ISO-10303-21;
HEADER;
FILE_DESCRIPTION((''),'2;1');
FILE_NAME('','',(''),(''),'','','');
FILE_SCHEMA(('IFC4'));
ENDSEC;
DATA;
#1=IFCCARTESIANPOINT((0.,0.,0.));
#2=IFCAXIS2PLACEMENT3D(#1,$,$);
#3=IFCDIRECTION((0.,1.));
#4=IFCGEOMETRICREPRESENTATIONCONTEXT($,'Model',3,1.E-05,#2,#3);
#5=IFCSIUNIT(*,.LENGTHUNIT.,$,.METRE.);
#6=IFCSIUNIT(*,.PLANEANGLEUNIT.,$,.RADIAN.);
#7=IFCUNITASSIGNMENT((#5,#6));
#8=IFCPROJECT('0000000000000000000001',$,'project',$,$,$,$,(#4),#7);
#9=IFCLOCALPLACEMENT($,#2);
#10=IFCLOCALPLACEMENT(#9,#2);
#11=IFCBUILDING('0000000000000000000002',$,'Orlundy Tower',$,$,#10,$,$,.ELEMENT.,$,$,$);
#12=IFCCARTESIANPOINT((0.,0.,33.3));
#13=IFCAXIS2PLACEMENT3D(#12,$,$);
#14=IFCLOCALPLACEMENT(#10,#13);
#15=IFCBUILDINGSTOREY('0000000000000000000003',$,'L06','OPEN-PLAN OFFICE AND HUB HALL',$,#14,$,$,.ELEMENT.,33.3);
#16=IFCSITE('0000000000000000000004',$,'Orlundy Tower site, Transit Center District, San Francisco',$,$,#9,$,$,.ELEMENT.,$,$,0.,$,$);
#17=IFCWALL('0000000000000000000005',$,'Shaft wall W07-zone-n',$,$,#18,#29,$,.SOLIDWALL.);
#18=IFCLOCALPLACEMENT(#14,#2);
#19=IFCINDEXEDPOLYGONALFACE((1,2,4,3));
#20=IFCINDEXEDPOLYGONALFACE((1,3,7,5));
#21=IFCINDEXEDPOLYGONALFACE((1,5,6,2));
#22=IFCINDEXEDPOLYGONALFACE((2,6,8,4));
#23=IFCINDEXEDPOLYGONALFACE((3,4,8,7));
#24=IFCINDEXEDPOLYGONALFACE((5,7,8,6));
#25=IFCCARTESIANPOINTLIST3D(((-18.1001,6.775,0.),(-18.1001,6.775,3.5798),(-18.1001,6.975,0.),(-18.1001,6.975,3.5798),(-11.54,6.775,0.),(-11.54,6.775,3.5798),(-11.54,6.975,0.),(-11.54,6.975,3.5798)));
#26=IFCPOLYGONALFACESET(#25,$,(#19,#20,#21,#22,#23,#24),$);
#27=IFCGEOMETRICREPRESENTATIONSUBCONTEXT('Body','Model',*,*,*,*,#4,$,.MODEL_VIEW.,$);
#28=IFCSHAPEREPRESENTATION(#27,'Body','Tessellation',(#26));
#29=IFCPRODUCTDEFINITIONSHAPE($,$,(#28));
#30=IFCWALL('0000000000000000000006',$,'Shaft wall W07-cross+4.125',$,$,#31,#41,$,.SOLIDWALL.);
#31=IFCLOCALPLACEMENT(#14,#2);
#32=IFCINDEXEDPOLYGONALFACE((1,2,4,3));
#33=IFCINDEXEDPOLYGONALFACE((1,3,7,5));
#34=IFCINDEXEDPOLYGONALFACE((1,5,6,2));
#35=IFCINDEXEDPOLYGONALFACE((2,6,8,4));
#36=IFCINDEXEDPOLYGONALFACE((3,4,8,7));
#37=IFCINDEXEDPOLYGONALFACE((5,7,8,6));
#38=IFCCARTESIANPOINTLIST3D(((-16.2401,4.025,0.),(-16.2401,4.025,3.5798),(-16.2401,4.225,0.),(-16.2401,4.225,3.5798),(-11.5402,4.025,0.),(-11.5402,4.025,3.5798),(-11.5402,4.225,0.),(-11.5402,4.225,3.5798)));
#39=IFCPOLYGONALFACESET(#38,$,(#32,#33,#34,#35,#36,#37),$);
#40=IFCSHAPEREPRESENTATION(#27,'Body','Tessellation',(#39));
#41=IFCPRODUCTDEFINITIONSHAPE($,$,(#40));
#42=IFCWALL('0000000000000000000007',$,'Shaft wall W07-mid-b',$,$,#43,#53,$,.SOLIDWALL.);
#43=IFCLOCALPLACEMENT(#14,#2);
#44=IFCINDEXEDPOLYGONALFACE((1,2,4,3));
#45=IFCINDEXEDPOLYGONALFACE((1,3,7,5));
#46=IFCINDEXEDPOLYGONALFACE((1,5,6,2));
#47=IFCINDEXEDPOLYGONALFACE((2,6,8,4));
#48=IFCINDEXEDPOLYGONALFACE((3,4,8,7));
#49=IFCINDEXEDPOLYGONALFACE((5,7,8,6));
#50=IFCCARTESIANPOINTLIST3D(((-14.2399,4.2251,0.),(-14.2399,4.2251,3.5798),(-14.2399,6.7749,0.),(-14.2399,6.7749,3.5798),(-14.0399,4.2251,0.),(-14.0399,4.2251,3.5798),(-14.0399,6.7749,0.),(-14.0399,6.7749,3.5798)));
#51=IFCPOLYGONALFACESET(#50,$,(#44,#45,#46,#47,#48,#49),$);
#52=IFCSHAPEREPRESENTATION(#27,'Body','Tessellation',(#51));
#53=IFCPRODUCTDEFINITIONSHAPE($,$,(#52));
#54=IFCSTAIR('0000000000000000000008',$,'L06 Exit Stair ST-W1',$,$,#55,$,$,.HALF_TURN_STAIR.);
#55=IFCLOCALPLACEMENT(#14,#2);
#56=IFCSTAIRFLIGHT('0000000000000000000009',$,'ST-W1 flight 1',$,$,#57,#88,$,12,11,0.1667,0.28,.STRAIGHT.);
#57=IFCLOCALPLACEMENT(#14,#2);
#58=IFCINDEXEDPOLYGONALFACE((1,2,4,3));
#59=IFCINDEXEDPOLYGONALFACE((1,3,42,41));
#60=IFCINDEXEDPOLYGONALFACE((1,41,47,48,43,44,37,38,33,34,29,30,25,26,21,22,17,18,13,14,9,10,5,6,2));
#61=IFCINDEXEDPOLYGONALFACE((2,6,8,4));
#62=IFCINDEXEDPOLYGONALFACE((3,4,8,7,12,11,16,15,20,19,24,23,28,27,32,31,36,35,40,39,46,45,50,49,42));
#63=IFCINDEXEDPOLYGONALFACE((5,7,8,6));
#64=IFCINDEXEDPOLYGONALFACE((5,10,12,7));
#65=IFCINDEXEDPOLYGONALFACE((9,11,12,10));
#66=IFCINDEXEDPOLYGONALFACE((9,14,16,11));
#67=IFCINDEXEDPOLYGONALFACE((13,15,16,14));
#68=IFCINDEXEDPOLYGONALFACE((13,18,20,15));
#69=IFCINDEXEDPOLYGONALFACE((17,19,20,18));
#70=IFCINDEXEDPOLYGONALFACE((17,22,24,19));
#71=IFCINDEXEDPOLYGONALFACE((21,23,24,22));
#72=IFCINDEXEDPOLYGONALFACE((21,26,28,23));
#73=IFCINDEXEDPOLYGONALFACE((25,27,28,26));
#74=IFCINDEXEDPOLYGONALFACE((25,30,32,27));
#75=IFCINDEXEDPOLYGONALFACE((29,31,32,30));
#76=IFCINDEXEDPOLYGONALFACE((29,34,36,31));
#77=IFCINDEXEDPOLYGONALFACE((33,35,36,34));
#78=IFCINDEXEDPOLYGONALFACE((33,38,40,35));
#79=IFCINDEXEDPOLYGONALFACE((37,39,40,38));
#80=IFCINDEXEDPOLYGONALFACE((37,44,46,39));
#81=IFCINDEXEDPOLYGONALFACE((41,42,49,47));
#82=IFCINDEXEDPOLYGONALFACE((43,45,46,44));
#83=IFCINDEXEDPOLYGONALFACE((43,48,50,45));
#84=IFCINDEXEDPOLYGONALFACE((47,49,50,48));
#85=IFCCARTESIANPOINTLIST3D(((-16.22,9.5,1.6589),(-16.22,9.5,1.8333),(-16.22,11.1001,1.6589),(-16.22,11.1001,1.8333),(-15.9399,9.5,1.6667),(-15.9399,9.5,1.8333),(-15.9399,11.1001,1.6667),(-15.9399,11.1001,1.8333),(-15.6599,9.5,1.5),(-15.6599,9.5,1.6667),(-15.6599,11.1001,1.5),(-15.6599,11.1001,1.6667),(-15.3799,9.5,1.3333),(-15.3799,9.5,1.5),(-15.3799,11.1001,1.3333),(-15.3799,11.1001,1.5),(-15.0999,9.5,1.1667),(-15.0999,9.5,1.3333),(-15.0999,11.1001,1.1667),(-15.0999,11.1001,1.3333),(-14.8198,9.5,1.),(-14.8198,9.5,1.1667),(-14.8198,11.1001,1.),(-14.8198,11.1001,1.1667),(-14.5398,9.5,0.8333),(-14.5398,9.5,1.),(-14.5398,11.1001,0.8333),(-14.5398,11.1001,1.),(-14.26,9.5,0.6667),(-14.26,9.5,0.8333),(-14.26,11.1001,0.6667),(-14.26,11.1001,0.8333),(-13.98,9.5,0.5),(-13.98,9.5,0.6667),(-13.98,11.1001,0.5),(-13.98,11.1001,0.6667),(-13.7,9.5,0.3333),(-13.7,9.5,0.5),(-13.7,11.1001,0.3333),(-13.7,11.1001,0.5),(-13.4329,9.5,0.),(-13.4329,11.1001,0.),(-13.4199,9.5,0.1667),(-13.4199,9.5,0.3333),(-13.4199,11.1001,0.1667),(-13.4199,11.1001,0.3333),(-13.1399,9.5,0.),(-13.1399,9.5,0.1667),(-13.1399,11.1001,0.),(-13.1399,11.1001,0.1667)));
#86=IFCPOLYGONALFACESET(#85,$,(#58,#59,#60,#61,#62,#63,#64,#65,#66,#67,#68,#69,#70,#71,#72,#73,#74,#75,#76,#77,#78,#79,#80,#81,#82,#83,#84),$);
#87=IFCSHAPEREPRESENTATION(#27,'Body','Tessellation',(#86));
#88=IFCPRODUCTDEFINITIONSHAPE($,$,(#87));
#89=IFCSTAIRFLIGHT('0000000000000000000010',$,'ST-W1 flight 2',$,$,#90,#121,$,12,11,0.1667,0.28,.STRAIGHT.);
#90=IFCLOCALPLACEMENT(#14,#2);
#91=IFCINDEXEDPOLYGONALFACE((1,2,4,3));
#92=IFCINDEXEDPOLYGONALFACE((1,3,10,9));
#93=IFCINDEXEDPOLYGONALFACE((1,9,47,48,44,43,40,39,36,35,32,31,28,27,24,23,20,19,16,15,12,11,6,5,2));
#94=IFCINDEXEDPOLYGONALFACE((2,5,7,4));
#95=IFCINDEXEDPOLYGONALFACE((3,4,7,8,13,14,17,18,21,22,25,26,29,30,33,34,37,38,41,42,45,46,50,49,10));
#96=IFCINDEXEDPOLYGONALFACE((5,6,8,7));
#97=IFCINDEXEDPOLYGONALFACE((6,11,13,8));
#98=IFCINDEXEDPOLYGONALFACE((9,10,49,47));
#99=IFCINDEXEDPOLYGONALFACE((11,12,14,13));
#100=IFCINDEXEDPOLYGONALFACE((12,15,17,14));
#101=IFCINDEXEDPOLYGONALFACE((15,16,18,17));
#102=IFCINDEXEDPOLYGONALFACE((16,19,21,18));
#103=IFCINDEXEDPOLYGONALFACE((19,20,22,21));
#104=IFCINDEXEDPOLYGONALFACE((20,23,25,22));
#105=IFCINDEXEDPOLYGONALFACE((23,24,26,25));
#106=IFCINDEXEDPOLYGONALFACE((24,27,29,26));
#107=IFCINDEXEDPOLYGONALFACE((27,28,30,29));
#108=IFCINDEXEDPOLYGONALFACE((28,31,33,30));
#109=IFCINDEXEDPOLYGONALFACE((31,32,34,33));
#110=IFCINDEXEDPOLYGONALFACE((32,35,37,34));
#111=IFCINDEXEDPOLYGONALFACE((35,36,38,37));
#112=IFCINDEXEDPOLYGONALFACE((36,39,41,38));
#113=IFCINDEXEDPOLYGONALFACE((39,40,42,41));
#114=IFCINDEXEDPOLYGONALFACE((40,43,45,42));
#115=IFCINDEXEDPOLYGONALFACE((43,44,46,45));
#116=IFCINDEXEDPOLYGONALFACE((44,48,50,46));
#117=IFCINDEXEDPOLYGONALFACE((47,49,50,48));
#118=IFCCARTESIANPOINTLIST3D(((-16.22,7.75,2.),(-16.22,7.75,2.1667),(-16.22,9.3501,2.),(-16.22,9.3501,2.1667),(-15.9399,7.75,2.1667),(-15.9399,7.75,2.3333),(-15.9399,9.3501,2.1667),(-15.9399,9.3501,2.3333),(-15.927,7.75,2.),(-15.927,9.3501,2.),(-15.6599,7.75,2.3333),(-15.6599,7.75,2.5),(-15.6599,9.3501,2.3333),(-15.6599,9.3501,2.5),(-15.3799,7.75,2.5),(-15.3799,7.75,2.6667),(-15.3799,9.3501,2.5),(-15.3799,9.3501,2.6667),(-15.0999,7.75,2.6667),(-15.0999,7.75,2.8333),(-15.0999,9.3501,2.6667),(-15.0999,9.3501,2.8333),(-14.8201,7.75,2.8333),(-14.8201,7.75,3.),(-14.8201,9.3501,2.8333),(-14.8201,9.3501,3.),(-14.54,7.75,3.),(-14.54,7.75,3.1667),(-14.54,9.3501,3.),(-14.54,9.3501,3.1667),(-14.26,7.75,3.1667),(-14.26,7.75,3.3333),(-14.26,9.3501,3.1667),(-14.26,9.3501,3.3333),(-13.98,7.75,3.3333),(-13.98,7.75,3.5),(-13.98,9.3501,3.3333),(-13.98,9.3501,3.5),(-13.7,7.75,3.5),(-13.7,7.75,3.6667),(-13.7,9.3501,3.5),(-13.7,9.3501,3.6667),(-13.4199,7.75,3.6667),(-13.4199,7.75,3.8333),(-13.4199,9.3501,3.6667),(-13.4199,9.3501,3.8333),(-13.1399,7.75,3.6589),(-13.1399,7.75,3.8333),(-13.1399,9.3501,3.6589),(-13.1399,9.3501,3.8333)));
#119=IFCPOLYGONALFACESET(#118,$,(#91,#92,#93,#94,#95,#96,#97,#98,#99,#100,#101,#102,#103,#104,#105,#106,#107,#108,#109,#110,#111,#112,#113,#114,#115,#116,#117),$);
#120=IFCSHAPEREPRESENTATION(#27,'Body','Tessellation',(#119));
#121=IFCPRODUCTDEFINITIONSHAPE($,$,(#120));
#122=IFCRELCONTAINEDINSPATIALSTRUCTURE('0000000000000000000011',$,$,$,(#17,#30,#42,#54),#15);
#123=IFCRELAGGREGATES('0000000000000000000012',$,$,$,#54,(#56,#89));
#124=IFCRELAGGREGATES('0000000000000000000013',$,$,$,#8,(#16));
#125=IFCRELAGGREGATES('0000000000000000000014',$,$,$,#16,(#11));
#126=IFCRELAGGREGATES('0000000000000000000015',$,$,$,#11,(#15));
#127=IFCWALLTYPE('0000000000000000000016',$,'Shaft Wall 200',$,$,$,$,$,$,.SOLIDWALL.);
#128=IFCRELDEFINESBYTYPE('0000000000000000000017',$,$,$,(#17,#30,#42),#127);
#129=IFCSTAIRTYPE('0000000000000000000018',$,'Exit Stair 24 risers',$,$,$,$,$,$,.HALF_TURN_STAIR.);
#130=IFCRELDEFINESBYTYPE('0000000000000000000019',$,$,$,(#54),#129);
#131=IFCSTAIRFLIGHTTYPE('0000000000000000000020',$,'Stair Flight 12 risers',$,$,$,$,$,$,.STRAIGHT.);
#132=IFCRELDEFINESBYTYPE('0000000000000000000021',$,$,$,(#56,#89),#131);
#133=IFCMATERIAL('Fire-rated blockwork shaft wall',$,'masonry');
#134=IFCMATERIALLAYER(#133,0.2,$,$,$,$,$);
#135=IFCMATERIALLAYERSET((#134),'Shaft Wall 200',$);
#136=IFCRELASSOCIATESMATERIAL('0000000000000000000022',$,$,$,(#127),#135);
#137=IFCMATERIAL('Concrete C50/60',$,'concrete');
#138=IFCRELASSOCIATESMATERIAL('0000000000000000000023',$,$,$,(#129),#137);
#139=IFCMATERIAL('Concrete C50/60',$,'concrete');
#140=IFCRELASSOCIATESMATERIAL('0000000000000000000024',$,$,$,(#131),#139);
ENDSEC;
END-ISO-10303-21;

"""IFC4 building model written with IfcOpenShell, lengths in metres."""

from ifc_helpers import new_model, si_unit, direction, frame, frame_2d, origin, place, context, subcontext, project, spatial, polyline, rectangle, outline, extrude, material, layer, layer_set, type_object, element, aggregate, save


model = new_model("IFC4")

# Units and contexts
model_context = context("Model", 3, precision=1e-05, world=origin(), true_north=direction((0.0, 1.0)))
body_context = subcontext(model_context, "Body", "Model", "MODEL_VIEW")
ifc_project = project(units=[si_unit("LENGTHUNIT", "METRE"), si_unit("PLANEANGLEUNIT", "RADIAN")], contexts=[model_context])

# Site, building, storey
site_placement = place(None, origin())
site = spatial("IfcSite", under=ifc_project, at=site_placement, Name="Orlundy Tower site, Transit Center District, San Francisco", CompositionType="ELEMENT", RefElevation=0.0)
building_placement = place(site_placement, origin())
building = spatial("IfcBuilding", under=site, at=building_placement, Name="Orlundy Tower", CompositionType="ELEMENT")
storey_placement = place(building_placement, frame((0.0, 0.0, 33.3)))
storey = spatial("IfcBuildingStorey", under=building, at=storey_placement, Name="L06", Description="OPEN-PLAN OFFICE AND HUB HALL", CompositionType="ELEMENT", Elevation=33.3)

# Walls
ifc_material_1 = material(Name="Fire-rated blockwork shaft wall", Category="masonry")
ifc_layer_1 = layer(ifc_material_1, 0.2)
ifc_layer_set_1 = layer_set([ifc_layer_1], Name="Shaft Wall 200")
wall_type_1 = type_object("IfcWallType", Name="Shaft Wall 200", PredefinedType="SOLIDWALL", material=ifc_layer_set_1)
wall_1_placement = place(storey_placement, frame((-11.54, 6.875, 0.0), z_axis=(0.0, 0.0, 1.0), x_axis=(-1.0, 0.0, 0.0)))
element("IfcWall", 1, at=wall_1_placement, inside=storey, type_object=wall_type_1, Name="Shaft wall W07-zone-n", PredefinedType="SOLIDWALL", context=body_context, shape_type="SweptSolid", body=[
    extrude(rectangle(XDim=6.5601, YDim=0.2, at=frame_2d((3.28, 0.0))), origin(), (0.0, 0.0, 1.0), 3.5798),
])
wall_2_placement = place(storey_placement, frame((-11.54, 4.125, 0.0), z_axis=(0.0, 0.0, 1.0), x_axis=(-1.0, 0.0, 0.0)))
element("IfcWall", 2, at=wall_2_placement, inside=storey, type_object=wall_type_1, Name="Shaft wall W07-cross+4.125", PredefinedType="SOLIDWALL", context=body_context, shape_type="SweptSolid", body=[
    extrude(rectangle(XDim=4.7, YDim=0.2, at=frame_2d((2.3501, 0.0))), origin(), (0.0, 0.0, 1.0), 3.5798),
])
wall_3_placement = place(storey_placement, frame((-14.1399, 4.2251, 0.0), z_axis=(0.0, 0.0, 1.0), x_axis=(0.0, 1.0, 0.0)))
element("IfcWall", 3, at=wall_3_placement, inside=storey, type_object=wall_type_1, Name="Shaft wall W07-mid-b", PredefinedType="SOLIDWALL", context=body_context, shape_type="SweptSolid", body=[
    extrude(rectangle(XDim=2.5498, YDim=0.2, at=frame_2d((1.2749, 0.0))), origin(), (0.0, 0.0, 1.0), 3.5798),
])

# Stair, stair flights
ifc_material_2 = material(Name="Concrete C50/60", Category="concrete")
stair_type = type_object("IfcStairType", Name="Exit Stair 24 risers", PredefinedType="HALF_TURN_STAIR", material=ifc_material_2)
stair_placement = place(storey_placement, origin())
stair = element("IfcStair", 4, at=stair_placement, inside=storey, type_object=stair_type, Name="L06 Exit Stair ST-W1", PredefinedType="HALF_TURN_STAIR")
ifc_material_3 = material(Name="Concrete C50/60", Category="concrete")
stair_flight_type = type_object("IfcStairFlightType", Name="Stair Flight 12 risers", PredefinedType="STRAIGHT", material=ifc_material_3)
stair_flight_1_placement = place(storey_placement, frame((-13.1399, 10.3, 0.0), z_axis=(0.0, 0.0, 1.0), x_axis=(-1.0, 0.0, 0.0)))
stair_flight_1 = element("IfcStairFlight", 5, at=stair_flight_1_placement, type_object=stair_flight_type, Name="ST-W1 flight 1", NumberOfRisers=12, NumberOfTreads=11, PredefinedType="STRAIGHT", RiserHeight=0.1667, TreadLength=0.28, context=body_context, shape_type="SweptSolid", body=[
    extrude(outline(polyline([(0.0, 0.0), (0.0, 0.1667), (0.28, 0.1667), (0.28, 0.3333), (0.5601, 0.3333), (0.5601, 0.5), (0.8401, 0.5), (0.8401, 0.6667), (1.1201, 0.6667), (1.1201, 0.8333), (1.3999, 0.8333), (1.3999, 1.0), (1.6799, 1.0), (1.6799, 1.1667), (1.96, 1.1667), (1.96, 1.3333), (2.24, 1.3333), (2.24, 1.5), (2.52, 1.5), (2.52, 1.6667), (2.8, 1.6667), (2.8, 1.8333), (3.0801, 1.8333), (3.0801, 2.0), (3.0801, 1.6589), (0.293, 0.0), (0.0, 0.0)])), frame((0.0, 0.8, 0.0), z_axis=(0.0, -1.0, 0.0), x_axis=(1.0, 0.0, 0.0)), (0.0, 0.0, 1.0), 1.6001),
])
stair_flight_2_placement = place(storey_placement, frame((-16.22, 8.55, 2.0), z_axis=(0.0, 0.0, 1.0), x_axis=(1.0, 0.0, 0.0)))
stair_flight_2 = element("IfcStairFlight", 6, at=stair_flight_2_placement, type_object=stair_flight_type, Name="ST-W1 flight 2", NumberOfRisers=12, NumberOfTreads=11, PredefinedType="STRAIGHT", RiserHeight=0.1667, TreadLength=0.28, context=body_context, shape_type="SweptSolid", body=[
    extrude(outline(polyline([(0.0, 0.0), (0.0, 0.1667), (0.28, 0.1667), (0.28, 0.3333), (0.5601, 0.3333), (0.5601, 0.5), (0.8401, 0.5), (0.8401, 0.6667), (1.1201, 0.6667), (1.1201, 0.8333), (1.3999, 0.8333), (1.3999, 1.0), (1.6799, 1.0), (1.6799, 1.1667), (1.96, 1.1667), (1.96, 1.3333), (2.24, 1.3333), (2.24, 1.5), (2.52, 1.5), (2.52, 1.6667), (2.8, 1.6667), (2.8, 1.8333), (3.0801, 1.8333), (3.0801, 2.0), (3.0801, 1.6589), (0.293, 0.0), (0.0, 0.0)])), frame((0.0, 0.8, 0.0), z_axis=(0.0, -1.0, 0.0), x_axis=(1.0, 0.0, 0.0)), (0.0, 0.0, 1.0), 1.6001),
])
aggregate(stair, [stair_flight_1, stair_flight_2])

save(model, "model.ifc")
